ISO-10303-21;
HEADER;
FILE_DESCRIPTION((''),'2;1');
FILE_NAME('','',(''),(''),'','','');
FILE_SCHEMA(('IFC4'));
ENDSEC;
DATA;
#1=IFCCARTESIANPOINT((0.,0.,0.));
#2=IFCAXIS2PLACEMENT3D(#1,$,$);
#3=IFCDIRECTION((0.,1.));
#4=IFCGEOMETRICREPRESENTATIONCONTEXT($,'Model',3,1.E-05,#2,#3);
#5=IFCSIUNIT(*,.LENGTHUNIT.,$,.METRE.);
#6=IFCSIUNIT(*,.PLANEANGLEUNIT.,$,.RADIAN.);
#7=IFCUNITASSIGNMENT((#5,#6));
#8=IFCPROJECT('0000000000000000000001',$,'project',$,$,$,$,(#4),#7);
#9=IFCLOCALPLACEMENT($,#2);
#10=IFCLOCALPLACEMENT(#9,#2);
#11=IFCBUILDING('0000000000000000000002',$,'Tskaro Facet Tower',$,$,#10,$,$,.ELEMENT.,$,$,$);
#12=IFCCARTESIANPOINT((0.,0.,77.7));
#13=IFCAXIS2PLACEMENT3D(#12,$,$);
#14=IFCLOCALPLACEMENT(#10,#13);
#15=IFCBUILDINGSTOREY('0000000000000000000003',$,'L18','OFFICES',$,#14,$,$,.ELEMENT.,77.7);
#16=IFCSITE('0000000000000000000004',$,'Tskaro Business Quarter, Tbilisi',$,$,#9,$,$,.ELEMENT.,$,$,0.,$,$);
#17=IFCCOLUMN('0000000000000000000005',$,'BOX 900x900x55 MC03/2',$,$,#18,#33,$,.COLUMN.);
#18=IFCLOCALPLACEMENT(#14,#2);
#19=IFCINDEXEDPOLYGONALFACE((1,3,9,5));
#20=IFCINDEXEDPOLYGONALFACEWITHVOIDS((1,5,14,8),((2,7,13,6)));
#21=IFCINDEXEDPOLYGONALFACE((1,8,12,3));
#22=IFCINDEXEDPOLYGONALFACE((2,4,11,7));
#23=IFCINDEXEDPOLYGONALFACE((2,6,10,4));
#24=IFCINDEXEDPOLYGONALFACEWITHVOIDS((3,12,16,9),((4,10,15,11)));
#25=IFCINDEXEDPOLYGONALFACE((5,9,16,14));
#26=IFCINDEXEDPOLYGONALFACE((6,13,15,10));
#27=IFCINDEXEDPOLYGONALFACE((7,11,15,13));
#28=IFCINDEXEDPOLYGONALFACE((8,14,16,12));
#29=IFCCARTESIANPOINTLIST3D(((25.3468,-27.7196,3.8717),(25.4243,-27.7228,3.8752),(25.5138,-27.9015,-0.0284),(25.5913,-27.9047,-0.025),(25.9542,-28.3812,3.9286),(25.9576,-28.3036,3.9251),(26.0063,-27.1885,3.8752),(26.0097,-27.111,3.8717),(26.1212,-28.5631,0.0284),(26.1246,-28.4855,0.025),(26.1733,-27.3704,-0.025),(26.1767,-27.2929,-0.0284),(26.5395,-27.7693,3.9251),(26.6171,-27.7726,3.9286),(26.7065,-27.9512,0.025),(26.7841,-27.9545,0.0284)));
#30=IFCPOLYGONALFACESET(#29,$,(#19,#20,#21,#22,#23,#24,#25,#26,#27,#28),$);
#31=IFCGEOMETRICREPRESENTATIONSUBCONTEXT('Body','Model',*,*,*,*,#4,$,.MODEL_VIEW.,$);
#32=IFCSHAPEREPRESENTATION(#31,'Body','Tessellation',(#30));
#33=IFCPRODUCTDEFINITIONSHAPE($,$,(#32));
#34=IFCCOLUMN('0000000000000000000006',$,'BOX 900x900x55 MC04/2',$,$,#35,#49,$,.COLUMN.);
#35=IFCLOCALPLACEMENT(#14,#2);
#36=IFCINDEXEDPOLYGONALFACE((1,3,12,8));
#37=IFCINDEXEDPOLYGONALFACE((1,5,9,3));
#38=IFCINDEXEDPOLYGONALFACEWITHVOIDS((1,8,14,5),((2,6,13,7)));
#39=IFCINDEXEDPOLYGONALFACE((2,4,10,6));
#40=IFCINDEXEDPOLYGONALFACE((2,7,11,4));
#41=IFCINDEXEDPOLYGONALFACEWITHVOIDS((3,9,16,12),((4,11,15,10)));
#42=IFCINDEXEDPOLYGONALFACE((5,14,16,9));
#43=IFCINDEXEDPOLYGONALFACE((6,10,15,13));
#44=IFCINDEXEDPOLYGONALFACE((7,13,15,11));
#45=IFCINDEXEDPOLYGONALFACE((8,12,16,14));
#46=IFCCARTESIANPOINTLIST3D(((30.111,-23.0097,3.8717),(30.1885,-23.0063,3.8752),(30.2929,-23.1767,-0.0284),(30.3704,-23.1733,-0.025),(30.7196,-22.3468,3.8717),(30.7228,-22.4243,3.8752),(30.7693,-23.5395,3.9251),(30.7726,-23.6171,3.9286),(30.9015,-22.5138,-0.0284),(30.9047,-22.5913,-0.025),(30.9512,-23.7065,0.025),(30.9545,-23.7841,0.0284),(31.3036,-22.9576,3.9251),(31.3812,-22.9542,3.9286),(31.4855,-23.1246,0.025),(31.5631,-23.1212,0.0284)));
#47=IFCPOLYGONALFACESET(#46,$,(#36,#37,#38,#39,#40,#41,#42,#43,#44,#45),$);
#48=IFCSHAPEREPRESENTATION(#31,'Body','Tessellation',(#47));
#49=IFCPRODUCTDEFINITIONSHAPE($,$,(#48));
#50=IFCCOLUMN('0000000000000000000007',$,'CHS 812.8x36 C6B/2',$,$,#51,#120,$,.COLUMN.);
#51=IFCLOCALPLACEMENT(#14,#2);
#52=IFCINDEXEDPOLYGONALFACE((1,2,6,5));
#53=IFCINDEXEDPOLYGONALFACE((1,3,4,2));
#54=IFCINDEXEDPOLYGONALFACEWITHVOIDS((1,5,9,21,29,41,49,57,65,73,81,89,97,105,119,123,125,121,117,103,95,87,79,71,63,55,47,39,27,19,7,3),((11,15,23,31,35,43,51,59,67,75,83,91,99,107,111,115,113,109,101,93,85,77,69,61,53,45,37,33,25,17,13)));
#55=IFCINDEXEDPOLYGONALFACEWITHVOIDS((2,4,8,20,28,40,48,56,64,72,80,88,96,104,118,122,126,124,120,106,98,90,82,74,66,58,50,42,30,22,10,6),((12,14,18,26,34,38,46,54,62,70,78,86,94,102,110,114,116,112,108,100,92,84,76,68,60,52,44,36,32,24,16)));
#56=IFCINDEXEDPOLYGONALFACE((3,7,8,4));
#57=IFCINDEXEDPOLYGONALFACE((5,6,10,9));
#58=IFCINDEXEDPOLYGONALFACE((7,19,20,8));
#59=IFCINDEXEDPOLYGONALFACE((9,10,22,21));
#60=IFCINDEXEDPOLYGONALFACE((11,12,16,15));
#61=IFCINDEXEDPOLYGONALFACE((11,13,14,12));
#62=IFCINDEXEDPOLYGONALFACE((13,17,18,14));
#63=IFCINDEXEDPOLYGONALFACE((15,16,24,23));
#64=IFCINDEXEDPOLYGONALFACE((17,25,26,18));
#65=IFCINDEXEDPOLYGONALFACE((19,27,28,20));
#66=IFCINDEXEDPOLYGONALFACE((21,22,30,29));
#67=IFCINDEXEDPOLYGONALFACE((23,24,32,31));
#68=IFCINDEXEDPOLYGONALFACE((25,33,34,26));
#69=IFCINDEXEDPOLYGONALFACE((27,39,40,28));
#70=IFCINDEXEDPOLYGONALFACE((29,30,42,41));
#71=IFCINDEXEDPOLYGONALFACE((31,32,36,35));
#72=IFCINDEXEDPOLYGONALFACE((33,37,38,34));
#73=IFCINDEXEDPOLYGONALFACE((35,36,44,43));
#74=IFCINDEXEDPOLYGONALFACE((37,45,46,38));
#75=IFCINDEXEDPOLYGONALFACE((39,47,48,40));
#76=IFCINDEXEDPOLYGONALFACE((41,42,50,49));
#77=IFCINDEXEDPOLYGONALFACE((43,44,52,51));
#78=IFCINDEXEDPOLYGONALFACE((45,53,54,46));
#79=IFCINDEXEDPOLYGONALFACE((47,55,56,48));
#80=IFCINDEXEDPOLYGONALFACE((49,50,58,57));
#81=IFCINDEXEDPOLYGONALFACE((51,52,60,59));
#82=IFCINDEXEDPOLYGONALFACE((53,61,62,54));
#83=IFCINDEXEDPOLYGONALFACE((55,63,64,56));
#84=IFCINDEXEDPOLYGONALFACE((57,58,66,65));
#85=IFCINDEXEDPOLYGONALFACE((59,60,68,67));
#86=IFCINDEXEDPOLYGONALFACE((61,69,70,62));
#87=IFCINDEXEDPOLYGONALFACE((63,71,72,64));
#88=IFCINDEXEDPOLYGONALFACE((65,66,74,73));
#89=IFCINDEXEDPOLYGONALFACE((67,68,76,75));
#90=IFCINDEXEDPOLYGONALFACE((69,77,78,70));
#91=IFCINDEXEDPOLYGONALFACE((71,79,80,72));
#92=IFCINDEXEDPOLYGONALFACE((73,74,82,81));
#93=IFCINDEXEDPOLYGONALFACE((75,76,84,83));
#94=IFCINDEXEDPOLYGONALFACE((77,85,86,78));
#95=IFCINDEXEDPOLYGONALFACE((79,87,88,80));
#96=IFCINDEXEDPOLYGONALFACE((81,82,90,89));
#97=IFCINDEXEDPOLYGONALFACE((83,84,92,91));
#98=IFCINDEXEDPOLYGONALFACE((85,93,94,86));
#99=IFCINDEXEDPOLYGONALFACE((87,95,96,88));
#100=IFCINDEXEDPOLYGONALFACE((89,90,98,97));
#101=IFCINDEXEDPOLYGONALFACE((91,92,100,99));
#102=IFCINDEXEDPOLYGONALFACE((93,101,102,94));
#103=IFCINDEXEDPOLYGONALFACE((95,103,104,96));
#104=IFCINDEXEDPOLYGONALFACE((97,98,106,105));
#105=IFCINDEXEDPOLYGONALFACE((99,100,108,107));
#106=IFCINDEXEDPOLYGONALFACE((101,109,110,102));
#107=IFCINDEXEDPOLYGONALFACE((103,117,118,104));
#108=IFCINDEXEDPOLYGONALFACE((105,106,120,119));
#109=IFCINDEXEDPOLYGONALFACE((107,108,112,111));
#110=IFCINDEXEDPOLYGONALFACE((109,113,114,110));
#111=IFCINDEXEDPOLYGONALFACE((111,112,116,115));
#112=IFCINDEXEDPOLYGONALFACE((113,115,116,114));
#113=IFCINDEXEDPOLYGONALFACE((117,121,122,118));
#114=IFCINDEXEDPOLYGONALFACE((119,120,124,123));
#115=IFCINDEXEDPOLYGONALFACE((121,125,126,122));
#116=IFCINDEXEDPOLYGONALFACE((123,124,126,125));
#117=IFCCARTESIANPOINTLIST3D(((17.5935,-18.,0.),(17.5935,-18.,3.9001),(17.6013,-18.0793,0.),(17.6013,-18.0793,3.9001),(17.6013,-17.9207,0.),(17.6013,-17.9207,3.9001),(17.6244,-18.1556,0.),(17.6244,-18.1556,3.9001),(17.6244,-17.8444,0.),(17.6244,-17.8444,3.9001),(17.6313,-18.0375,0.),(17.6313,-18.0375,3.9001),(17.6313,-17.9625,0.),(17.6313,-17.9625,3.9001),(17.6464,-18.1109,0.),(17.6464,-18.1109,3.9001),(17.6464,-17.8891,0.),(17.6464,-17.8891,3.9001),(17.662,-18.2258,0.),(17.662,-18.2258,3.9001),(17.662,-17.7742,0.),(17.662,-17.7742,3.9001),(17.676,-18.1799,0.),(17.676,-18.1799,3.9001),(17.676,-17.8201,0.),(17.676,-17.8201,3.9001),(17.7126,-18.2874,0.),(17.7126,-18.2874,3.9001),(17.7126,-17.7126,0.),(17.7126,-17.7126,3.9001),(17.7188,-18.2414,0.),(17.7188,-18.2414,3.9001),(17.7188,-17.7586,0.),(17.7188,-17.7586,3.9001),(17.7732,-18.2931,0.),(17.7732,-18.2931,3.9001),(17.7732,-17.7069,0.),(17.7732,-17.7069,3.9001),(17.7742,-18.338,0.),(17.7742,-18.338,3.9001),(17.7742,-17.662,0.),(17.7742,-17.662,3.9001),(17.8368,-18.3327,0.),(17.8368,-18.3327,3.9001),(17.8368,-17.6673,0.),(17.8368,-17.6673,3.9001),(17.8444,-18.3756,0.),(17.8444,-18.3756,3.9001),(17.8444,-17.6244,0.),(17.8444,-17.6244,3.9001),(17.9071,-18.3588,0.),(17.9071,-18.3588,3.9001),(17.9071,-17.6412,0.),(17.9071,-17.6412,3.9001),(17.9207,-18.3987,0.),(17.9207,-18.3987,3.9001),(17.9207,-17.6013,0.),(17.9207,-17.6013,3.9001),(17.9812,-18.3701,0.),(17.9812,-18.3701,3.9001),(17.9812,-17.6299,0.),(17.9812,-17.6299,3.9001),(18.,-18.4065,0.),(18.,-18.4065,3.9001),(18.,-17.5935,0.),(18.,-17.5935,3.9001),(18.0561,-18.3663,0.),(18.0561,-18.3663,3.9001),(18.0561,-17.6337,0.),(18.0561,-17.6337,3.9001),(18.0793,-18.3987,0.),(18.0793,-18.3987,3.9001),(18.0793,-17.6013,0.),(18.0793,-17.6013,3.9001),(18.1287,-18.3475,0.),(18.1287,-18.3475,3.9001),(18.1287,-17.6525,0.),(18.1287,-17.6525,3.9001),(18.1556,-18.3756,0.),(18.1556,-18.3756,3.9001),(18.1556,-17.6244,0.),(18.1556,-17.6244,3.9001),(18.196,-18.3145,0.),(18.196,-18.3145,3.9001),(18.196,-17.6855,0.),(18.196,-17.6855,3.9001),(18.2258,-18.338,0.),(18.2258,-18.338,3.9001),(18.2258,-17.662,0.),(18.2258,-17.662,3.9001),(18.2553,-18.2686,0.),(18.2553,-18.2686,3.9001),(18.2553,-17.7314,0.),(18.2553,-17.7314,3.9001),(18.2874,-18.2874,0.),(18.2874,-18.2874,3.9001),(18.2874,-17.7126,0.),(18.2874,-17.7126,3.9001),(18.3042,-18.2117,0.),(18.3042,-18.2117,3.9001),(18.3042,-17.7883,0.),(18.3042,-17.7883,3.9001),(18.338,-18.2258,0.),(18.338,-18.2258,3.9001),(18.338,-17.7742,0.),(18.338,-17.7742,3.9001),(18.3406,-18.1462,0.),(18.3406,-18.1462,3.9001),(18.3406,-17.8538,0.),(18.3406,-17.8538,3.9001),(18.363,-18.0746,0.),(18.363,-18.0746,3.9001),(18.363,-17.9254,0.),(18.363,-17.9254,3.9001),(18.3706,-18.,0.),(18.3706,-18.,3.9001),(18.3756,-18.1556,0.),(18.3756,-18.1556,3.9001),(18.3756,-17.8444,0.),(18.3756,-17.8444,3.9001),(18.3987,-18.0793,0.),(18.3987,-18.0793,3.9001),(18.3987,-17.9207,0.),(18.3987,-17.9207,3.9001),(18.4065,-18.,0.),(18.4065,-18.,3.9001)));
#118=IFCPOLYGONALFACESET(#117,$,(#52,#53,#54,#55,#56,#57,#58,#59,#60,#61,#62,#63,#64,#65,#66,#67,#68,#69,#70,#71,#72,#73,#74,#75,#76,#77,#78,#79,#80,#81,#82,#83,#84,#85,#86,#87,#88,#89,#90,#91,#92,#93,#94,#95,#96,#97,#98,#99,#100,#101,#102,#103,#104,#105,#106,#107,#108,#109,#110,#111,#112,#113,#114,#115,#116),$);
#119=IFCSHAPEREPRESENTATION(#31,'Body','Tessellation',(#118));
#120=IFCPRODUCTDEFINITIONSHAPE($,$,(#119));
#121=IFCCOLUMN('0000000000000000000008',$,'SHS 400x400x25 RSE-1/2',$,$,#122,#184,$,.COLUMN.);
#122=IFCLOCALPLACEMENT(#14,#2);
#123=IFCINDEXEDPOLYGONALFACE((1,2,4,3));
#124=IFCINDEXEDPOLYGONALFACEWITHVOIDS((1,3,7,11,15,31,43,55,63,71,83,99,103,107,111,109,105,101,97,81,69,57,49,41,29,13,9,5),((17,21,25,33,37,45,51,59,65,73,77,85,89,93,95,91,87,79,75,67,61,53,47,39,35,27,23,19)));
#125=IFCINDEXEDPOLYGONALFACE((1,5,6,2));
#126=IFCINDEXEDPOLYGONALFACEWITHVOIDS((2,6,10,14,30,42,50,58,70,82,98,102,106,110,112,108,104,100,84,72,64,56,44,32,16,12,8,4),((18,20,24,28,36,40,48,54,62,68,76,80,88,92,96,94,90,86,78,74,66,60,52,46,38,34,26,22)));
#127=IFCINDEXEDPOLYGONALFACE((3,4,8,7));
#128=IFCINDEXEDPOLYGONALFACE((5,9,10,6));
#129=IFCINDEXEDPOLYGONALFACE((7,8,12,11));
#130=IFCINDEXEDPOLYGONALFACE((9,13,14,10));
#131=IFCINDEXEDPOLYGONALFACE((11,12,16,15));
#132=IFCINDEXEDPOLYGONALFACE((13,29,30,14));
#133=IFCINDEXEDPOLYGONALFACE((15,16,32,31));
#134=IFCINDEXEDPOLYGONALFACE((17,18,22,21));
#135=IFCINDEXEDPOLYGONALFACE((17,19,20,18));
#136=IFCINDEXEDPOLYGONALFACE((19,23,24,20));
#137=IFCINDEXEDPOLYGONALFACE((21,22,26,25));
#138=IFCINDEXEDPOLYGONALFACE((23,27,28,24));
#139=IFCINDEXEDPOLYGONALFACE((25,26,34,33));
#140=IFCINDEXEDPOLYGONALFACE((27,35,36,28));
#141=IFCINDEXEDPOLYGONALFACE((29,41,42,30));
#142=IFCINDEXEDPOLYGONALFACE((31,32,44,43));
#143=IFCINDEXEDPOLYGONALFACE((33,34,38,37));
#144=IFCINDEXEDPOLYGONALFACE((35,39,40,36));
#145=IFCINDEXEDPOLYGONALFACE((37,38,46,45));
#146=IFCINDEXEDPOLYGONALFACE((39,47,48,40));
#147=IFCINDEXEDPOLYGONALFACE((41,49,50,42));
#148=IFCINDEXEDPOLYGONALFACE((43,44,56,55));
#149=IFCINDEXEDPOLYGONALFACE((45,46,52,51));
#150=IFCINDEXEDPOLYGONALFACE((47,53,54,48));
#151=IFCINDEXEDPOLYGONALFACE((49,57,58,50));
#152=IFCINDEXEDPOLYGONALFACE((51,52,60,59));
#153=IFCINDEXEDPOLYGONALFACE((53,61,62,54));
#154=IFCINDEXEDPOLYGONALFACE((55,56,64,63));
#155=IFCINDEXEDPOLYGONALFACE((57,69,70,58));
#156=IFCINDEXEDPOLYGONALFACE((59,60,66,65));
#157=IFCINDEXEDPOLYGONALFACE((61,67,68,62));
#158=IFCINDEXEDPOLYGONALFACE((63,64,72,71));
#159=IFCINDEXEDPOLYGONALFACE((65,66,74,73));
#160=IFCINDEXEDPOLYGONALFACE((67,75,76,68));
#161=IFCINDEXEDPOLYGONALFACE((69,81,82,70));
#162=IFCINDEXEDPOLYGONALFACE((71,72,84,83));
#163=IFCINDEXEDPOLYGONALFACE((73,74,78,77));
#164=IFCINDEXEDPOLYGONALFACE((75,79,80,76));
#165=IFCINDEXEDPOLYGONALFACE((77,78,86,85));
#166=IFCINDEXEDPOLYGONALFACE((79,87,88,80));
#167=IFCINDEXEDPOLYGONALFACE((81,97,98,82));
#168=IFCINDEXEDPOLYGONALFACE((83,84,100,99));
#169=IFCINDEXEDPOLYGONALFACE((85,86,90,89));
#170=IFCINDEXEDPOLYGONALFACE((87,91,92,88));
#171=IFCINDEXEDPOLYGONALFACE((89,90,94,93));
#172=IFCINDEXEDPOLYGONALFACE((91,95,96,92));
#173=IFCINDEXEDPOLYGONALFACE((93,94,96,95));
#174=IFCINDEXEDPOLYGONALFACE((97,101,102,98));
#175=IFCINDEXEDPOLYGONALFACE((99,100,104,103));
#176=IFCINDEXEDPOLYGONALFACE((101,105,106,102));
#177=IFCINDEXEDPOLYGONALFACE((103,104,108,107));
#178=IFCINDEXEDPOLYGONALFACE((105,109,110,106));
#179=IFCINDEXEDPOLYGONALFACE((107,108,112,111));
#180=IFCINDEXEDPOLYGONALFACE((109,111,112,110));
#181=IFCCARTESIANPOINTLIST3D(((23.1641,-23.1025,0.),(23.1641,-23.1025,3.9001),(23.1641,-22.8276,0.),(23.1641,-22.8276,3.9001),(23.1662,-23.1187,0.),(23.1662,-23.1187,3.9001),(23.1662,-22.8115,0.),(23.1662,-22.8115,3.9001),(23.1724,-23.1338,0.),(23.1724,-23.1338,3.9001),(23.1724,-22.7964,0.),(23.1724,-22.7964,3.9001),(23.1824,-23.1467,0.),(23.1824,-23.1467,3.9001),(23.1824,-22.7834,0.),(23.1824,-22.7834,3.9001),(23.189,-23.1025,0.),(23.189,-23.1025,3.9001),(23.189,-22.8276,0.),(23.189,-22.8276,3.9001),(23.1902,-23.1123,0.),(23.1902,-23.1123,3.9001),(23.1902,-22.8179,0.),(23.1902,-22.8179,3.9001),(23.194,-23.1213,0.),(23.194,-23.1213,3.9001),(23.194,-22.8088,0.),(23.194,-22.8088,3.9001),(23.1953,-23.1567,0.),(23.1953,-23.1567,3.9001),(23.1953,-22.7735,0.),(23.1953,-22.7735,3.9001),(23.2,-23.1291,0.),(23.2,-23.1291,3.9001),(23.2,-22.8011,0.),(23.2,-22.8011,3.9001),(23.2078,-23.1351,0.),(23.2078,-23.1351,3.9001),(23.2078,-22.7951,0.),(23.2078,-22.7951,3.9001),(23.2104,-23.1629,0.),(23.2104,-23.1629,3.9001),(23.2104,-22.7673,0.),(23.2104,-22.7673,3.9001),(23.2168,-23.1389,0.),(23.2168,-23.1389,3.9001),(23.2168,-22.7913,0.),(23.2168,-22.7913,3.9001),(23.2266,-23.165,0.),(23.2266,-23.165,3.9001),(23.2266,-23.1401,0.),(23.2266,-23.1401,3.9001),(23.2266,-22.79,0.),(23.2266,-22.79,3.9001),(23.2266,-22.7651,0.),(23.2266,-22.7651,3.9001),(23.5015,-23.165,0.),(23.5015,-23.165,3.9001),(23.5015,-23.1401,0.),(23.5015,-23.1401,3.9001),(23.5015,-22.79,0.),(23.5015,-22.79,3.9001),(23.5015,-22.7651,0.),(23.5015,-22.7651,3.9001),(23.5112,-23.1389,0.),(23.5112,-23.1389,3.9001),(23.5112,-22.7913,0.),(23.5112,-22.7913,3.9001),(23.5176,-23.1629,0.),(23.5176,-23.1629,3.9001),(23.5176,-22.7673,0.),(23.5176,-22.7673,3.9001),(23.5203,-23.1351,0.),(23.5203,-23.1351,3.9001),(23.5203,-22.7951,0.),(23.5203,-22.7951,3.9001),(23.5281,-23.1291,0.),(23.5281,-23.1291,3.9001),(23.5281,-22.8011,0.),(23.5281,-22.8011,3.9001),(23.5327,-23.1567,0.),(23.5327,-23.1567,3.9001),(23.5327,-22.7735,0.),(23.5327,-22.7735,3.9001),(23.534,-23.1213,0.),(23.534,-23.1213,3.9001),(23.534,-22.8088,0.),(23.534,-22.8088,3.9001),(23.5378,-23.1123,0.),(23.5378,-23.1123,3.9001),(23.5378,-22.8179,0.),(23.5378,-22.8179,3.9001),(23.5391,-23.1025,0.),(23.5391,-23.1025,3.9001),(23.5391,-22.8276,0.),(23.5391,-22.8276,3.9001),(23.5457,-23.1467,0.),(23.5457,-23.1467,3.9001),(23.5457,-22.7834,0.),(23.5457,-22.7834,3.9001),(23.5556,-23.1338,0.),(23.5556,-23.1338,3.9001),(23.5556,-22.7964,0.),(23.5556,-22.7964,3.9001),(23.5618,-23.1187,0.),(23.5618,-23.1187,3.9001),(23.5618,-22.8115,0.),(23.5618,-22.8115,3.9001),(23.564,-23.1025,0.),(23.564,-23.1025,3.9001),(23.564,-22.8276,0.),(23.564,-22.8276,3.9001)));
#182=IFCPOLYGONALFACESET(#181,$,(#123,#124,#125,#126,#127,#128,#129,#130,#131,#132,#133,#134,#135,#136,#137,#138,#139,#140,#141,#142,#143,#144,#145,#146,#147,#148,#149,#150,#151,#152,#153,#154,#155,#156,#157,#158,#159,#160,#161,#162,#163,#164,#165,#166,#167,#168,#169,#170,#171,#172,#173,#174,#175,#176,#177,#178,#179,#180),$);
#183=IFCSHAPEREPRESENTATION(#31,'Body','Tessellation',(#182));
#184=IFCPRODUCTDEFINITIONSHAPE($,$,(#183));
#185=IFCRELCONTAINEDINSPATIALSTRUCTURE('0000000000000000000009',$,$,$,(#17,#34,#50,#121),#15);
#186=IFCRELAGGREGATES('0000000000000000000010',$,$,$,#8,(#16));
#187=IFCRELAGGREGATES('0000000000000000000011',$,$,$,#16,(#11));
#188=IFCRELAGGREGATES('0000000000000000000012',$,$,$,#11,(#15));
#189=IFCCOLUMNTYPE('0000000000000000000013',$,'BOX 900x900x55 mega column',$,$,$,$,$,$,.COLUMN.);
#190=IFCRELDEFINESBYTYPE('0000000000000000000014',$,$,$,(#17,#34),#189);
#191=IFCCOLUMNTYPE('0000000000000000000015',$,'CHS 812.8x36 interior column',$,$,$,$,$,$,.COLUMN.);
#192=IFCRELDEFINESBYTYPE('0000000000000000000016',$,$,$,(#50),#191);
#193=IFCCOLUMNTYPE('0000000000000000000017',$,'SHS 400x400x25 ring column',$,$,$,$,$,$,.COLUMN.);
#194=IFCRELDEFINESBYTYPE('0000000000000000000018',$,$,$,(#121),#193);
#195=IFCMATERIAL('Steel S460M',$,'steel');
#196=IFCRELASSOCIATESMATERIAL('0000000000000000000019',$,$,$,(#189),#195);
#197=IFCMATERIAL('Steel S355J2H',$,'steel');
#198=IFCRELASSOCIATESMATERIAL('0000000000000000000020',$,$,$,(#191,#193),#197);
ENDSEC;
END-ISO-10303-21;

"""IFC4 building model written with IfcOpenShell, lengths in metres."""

from ifc_helpers import new_model, si_unit, direction, frame, origin, origin_2d, place, context, subcontext, project, spatial, hollow_rectangle, hollow_circle, extrude, material, material_profile, profile_set, type_object, element, save


model = new_model("IFC4")

# Units and contexts
model_context = context("Model", 3, precision=1e-05, world=origin(), true_north=direction((0.0, 1.0)))
body_context = subcontext(model_context, "Body", "Model", "MODEL_VIEW")
ifc_project = project(units=[si_unit("LENGTHUNIT", "METRE"), si_unit("PLANEANGLEUNIT", "RADIAN")], contexts=[model_context])

# Site, building, storey
site_placement = place(None, origin())
site = spatial("IfcSite", under=ifc_project, at=site_placement, Name="Tskaro Business Quarter, Tbilisi", CompositionType="ELEMENT", RefElevation=0.0)
building_placement = place(site_placement, origin())
building = spatial("IfcBuilding", under=site, at=building_placement, Name="Tskaro Facet Tower", CompositionType="ELEMENT")
storey_placement = place(building_placement, frame((0.0, 0.0, 77.7)))
storey = spatial("IfcBuildingStorey", under=building, at=storey_placement, Name="L18", Description="OFFICES", CompositionType="ELEMENT", Elevation=77.7)

# Columns
ifc_material_1 = material(Name="Steel S460M", Category="steel")
ifc_material_profile_1 = material_profile(ifc_material_1, hollow_rectangle(XDim=0.8999, YDim=0.8999, WallThickness=0.0549, at=origin_2d()), Name="BOX 900x900x55")
ifc_profile_set_1 = profile_set([ifc_material_profile_1], Name="Steel S460M")
column_type_1 = type_object("IfcColumnType", Name="BOX 900x900x55 mega column", PredefinedType="COLUMN", material=ifc_profile_set_1)
for number, where, z_axis, x_axis, name in (
    (1, (26.1489, -27.928, 0.0), (-0.042731, 0.046542, 0.998002), (-0.73662, -0.676306, 0.0), "BOX 900x900x55 MC03/2"),
    (2, (30.928, -23.1489, 0.0), (-0.046542, 0.042731, 0.998002), (-0.676306, -0.73662, 0.0), "BOX 900x900x55 MC04/2"),
):
    element("IfcColumn", number, at=place(storey_placement, frame(where, z_axis=z_axis, x_axis=x_axis)), inside=storey, type_object=column_type_1, Name=name, PredefinedType="COLUMN", context=body_context, shape_type="SweptSolid", body=[
        extrude(hollow_rectangle(XDim=0.8999, YDim=0.8999, WallThickness=0.0549, at=origin_2d()), origin(), (0.0, 0.0, 1.0), 3.908),
    ])
ifc_material_2 = material(Name="Steel S355J2H", Category="steel")
ifc_material_profile_2 = material_profile(ifc_material_2, hollow_circle(Radius=0.4065, WallThickness=0.0359, at=origin_2d()), Name="CHS 812.8x36")
ifc_profile_set_2 = profile_set([ifc_material_profile_2], Name="Steel S355J2H")
column_type_2 = type_object("IfcColumnType", Name="CHS 812.8x36 interior column", PredefinedType="COLUMN", material=ifc_profile_set_2)
column_placement = place(storey_placement, frame((18.0, -18.0, 0.0), z_axis=(0.0, 0.0, 1.0), x_axis=(1.0, 0.0, 0.0)))
element("IfcColumn", 3, at=column_placement, inside=storey, type_object=column_type_2, Name="CHS 812.8x36 C6B/2", PredefinedType="COLUMN", context=body_context, shape_type="SweptSolid", body=[
    extrude(hollow_circle(Radius=0.4065, WallThickness=0.0359, at=origin_2d()), origin(), (0.0, 0.0, 1.0), 3.9001),
])
ifc_material_profile_3 = material_profile(ifc_material_2, hollow_rectangle(XDim=0.3999, YDim=0.3999, WallThickness=0.0249, InnerFilletRadius=0.0376, OuterFilletRadius=0.0625, at=origin_2d()), Name="SHS 400x400x25")
ifc_profile_set_3 = profile_set([ifc_material_profile_3], Name="Steel S355J2H")
column_type_3 = type_object("IfcColumnType", Name="SHS 400x400x25 ring column", PredefinedType="COLUMN", material=ifc_profile_set_3)
for number, where, z_axis, x_axis, name in (
    (4, (23.364, -22.9651, 0.0), (0.0, 0.0, 1.0), (1.0, 0.0, 0.0), "SHS 400x400x25 RSE-1/2"),
):
    element("IfcColumn", number, at=place(storey_placement, frame(where, z_axis=z_axis, x_axis=x_axis)), inside=storey, type_object=column_type_3, Name=name, PredefinedType="COLUMN", context=body_context, shape_type="SweptSolid", body=[
        extrude(hollow_rectangle(XDim=0.3999, YDim=0.3999, WallThickness=0.0249, InnerFilletRadius=0.0376, OuterFilletRadius=0.0625, at=origin_2d()), origin(), (0.0, 0.0, 1.0), 3.9001),
    ])

save(model, "model.ifc")
